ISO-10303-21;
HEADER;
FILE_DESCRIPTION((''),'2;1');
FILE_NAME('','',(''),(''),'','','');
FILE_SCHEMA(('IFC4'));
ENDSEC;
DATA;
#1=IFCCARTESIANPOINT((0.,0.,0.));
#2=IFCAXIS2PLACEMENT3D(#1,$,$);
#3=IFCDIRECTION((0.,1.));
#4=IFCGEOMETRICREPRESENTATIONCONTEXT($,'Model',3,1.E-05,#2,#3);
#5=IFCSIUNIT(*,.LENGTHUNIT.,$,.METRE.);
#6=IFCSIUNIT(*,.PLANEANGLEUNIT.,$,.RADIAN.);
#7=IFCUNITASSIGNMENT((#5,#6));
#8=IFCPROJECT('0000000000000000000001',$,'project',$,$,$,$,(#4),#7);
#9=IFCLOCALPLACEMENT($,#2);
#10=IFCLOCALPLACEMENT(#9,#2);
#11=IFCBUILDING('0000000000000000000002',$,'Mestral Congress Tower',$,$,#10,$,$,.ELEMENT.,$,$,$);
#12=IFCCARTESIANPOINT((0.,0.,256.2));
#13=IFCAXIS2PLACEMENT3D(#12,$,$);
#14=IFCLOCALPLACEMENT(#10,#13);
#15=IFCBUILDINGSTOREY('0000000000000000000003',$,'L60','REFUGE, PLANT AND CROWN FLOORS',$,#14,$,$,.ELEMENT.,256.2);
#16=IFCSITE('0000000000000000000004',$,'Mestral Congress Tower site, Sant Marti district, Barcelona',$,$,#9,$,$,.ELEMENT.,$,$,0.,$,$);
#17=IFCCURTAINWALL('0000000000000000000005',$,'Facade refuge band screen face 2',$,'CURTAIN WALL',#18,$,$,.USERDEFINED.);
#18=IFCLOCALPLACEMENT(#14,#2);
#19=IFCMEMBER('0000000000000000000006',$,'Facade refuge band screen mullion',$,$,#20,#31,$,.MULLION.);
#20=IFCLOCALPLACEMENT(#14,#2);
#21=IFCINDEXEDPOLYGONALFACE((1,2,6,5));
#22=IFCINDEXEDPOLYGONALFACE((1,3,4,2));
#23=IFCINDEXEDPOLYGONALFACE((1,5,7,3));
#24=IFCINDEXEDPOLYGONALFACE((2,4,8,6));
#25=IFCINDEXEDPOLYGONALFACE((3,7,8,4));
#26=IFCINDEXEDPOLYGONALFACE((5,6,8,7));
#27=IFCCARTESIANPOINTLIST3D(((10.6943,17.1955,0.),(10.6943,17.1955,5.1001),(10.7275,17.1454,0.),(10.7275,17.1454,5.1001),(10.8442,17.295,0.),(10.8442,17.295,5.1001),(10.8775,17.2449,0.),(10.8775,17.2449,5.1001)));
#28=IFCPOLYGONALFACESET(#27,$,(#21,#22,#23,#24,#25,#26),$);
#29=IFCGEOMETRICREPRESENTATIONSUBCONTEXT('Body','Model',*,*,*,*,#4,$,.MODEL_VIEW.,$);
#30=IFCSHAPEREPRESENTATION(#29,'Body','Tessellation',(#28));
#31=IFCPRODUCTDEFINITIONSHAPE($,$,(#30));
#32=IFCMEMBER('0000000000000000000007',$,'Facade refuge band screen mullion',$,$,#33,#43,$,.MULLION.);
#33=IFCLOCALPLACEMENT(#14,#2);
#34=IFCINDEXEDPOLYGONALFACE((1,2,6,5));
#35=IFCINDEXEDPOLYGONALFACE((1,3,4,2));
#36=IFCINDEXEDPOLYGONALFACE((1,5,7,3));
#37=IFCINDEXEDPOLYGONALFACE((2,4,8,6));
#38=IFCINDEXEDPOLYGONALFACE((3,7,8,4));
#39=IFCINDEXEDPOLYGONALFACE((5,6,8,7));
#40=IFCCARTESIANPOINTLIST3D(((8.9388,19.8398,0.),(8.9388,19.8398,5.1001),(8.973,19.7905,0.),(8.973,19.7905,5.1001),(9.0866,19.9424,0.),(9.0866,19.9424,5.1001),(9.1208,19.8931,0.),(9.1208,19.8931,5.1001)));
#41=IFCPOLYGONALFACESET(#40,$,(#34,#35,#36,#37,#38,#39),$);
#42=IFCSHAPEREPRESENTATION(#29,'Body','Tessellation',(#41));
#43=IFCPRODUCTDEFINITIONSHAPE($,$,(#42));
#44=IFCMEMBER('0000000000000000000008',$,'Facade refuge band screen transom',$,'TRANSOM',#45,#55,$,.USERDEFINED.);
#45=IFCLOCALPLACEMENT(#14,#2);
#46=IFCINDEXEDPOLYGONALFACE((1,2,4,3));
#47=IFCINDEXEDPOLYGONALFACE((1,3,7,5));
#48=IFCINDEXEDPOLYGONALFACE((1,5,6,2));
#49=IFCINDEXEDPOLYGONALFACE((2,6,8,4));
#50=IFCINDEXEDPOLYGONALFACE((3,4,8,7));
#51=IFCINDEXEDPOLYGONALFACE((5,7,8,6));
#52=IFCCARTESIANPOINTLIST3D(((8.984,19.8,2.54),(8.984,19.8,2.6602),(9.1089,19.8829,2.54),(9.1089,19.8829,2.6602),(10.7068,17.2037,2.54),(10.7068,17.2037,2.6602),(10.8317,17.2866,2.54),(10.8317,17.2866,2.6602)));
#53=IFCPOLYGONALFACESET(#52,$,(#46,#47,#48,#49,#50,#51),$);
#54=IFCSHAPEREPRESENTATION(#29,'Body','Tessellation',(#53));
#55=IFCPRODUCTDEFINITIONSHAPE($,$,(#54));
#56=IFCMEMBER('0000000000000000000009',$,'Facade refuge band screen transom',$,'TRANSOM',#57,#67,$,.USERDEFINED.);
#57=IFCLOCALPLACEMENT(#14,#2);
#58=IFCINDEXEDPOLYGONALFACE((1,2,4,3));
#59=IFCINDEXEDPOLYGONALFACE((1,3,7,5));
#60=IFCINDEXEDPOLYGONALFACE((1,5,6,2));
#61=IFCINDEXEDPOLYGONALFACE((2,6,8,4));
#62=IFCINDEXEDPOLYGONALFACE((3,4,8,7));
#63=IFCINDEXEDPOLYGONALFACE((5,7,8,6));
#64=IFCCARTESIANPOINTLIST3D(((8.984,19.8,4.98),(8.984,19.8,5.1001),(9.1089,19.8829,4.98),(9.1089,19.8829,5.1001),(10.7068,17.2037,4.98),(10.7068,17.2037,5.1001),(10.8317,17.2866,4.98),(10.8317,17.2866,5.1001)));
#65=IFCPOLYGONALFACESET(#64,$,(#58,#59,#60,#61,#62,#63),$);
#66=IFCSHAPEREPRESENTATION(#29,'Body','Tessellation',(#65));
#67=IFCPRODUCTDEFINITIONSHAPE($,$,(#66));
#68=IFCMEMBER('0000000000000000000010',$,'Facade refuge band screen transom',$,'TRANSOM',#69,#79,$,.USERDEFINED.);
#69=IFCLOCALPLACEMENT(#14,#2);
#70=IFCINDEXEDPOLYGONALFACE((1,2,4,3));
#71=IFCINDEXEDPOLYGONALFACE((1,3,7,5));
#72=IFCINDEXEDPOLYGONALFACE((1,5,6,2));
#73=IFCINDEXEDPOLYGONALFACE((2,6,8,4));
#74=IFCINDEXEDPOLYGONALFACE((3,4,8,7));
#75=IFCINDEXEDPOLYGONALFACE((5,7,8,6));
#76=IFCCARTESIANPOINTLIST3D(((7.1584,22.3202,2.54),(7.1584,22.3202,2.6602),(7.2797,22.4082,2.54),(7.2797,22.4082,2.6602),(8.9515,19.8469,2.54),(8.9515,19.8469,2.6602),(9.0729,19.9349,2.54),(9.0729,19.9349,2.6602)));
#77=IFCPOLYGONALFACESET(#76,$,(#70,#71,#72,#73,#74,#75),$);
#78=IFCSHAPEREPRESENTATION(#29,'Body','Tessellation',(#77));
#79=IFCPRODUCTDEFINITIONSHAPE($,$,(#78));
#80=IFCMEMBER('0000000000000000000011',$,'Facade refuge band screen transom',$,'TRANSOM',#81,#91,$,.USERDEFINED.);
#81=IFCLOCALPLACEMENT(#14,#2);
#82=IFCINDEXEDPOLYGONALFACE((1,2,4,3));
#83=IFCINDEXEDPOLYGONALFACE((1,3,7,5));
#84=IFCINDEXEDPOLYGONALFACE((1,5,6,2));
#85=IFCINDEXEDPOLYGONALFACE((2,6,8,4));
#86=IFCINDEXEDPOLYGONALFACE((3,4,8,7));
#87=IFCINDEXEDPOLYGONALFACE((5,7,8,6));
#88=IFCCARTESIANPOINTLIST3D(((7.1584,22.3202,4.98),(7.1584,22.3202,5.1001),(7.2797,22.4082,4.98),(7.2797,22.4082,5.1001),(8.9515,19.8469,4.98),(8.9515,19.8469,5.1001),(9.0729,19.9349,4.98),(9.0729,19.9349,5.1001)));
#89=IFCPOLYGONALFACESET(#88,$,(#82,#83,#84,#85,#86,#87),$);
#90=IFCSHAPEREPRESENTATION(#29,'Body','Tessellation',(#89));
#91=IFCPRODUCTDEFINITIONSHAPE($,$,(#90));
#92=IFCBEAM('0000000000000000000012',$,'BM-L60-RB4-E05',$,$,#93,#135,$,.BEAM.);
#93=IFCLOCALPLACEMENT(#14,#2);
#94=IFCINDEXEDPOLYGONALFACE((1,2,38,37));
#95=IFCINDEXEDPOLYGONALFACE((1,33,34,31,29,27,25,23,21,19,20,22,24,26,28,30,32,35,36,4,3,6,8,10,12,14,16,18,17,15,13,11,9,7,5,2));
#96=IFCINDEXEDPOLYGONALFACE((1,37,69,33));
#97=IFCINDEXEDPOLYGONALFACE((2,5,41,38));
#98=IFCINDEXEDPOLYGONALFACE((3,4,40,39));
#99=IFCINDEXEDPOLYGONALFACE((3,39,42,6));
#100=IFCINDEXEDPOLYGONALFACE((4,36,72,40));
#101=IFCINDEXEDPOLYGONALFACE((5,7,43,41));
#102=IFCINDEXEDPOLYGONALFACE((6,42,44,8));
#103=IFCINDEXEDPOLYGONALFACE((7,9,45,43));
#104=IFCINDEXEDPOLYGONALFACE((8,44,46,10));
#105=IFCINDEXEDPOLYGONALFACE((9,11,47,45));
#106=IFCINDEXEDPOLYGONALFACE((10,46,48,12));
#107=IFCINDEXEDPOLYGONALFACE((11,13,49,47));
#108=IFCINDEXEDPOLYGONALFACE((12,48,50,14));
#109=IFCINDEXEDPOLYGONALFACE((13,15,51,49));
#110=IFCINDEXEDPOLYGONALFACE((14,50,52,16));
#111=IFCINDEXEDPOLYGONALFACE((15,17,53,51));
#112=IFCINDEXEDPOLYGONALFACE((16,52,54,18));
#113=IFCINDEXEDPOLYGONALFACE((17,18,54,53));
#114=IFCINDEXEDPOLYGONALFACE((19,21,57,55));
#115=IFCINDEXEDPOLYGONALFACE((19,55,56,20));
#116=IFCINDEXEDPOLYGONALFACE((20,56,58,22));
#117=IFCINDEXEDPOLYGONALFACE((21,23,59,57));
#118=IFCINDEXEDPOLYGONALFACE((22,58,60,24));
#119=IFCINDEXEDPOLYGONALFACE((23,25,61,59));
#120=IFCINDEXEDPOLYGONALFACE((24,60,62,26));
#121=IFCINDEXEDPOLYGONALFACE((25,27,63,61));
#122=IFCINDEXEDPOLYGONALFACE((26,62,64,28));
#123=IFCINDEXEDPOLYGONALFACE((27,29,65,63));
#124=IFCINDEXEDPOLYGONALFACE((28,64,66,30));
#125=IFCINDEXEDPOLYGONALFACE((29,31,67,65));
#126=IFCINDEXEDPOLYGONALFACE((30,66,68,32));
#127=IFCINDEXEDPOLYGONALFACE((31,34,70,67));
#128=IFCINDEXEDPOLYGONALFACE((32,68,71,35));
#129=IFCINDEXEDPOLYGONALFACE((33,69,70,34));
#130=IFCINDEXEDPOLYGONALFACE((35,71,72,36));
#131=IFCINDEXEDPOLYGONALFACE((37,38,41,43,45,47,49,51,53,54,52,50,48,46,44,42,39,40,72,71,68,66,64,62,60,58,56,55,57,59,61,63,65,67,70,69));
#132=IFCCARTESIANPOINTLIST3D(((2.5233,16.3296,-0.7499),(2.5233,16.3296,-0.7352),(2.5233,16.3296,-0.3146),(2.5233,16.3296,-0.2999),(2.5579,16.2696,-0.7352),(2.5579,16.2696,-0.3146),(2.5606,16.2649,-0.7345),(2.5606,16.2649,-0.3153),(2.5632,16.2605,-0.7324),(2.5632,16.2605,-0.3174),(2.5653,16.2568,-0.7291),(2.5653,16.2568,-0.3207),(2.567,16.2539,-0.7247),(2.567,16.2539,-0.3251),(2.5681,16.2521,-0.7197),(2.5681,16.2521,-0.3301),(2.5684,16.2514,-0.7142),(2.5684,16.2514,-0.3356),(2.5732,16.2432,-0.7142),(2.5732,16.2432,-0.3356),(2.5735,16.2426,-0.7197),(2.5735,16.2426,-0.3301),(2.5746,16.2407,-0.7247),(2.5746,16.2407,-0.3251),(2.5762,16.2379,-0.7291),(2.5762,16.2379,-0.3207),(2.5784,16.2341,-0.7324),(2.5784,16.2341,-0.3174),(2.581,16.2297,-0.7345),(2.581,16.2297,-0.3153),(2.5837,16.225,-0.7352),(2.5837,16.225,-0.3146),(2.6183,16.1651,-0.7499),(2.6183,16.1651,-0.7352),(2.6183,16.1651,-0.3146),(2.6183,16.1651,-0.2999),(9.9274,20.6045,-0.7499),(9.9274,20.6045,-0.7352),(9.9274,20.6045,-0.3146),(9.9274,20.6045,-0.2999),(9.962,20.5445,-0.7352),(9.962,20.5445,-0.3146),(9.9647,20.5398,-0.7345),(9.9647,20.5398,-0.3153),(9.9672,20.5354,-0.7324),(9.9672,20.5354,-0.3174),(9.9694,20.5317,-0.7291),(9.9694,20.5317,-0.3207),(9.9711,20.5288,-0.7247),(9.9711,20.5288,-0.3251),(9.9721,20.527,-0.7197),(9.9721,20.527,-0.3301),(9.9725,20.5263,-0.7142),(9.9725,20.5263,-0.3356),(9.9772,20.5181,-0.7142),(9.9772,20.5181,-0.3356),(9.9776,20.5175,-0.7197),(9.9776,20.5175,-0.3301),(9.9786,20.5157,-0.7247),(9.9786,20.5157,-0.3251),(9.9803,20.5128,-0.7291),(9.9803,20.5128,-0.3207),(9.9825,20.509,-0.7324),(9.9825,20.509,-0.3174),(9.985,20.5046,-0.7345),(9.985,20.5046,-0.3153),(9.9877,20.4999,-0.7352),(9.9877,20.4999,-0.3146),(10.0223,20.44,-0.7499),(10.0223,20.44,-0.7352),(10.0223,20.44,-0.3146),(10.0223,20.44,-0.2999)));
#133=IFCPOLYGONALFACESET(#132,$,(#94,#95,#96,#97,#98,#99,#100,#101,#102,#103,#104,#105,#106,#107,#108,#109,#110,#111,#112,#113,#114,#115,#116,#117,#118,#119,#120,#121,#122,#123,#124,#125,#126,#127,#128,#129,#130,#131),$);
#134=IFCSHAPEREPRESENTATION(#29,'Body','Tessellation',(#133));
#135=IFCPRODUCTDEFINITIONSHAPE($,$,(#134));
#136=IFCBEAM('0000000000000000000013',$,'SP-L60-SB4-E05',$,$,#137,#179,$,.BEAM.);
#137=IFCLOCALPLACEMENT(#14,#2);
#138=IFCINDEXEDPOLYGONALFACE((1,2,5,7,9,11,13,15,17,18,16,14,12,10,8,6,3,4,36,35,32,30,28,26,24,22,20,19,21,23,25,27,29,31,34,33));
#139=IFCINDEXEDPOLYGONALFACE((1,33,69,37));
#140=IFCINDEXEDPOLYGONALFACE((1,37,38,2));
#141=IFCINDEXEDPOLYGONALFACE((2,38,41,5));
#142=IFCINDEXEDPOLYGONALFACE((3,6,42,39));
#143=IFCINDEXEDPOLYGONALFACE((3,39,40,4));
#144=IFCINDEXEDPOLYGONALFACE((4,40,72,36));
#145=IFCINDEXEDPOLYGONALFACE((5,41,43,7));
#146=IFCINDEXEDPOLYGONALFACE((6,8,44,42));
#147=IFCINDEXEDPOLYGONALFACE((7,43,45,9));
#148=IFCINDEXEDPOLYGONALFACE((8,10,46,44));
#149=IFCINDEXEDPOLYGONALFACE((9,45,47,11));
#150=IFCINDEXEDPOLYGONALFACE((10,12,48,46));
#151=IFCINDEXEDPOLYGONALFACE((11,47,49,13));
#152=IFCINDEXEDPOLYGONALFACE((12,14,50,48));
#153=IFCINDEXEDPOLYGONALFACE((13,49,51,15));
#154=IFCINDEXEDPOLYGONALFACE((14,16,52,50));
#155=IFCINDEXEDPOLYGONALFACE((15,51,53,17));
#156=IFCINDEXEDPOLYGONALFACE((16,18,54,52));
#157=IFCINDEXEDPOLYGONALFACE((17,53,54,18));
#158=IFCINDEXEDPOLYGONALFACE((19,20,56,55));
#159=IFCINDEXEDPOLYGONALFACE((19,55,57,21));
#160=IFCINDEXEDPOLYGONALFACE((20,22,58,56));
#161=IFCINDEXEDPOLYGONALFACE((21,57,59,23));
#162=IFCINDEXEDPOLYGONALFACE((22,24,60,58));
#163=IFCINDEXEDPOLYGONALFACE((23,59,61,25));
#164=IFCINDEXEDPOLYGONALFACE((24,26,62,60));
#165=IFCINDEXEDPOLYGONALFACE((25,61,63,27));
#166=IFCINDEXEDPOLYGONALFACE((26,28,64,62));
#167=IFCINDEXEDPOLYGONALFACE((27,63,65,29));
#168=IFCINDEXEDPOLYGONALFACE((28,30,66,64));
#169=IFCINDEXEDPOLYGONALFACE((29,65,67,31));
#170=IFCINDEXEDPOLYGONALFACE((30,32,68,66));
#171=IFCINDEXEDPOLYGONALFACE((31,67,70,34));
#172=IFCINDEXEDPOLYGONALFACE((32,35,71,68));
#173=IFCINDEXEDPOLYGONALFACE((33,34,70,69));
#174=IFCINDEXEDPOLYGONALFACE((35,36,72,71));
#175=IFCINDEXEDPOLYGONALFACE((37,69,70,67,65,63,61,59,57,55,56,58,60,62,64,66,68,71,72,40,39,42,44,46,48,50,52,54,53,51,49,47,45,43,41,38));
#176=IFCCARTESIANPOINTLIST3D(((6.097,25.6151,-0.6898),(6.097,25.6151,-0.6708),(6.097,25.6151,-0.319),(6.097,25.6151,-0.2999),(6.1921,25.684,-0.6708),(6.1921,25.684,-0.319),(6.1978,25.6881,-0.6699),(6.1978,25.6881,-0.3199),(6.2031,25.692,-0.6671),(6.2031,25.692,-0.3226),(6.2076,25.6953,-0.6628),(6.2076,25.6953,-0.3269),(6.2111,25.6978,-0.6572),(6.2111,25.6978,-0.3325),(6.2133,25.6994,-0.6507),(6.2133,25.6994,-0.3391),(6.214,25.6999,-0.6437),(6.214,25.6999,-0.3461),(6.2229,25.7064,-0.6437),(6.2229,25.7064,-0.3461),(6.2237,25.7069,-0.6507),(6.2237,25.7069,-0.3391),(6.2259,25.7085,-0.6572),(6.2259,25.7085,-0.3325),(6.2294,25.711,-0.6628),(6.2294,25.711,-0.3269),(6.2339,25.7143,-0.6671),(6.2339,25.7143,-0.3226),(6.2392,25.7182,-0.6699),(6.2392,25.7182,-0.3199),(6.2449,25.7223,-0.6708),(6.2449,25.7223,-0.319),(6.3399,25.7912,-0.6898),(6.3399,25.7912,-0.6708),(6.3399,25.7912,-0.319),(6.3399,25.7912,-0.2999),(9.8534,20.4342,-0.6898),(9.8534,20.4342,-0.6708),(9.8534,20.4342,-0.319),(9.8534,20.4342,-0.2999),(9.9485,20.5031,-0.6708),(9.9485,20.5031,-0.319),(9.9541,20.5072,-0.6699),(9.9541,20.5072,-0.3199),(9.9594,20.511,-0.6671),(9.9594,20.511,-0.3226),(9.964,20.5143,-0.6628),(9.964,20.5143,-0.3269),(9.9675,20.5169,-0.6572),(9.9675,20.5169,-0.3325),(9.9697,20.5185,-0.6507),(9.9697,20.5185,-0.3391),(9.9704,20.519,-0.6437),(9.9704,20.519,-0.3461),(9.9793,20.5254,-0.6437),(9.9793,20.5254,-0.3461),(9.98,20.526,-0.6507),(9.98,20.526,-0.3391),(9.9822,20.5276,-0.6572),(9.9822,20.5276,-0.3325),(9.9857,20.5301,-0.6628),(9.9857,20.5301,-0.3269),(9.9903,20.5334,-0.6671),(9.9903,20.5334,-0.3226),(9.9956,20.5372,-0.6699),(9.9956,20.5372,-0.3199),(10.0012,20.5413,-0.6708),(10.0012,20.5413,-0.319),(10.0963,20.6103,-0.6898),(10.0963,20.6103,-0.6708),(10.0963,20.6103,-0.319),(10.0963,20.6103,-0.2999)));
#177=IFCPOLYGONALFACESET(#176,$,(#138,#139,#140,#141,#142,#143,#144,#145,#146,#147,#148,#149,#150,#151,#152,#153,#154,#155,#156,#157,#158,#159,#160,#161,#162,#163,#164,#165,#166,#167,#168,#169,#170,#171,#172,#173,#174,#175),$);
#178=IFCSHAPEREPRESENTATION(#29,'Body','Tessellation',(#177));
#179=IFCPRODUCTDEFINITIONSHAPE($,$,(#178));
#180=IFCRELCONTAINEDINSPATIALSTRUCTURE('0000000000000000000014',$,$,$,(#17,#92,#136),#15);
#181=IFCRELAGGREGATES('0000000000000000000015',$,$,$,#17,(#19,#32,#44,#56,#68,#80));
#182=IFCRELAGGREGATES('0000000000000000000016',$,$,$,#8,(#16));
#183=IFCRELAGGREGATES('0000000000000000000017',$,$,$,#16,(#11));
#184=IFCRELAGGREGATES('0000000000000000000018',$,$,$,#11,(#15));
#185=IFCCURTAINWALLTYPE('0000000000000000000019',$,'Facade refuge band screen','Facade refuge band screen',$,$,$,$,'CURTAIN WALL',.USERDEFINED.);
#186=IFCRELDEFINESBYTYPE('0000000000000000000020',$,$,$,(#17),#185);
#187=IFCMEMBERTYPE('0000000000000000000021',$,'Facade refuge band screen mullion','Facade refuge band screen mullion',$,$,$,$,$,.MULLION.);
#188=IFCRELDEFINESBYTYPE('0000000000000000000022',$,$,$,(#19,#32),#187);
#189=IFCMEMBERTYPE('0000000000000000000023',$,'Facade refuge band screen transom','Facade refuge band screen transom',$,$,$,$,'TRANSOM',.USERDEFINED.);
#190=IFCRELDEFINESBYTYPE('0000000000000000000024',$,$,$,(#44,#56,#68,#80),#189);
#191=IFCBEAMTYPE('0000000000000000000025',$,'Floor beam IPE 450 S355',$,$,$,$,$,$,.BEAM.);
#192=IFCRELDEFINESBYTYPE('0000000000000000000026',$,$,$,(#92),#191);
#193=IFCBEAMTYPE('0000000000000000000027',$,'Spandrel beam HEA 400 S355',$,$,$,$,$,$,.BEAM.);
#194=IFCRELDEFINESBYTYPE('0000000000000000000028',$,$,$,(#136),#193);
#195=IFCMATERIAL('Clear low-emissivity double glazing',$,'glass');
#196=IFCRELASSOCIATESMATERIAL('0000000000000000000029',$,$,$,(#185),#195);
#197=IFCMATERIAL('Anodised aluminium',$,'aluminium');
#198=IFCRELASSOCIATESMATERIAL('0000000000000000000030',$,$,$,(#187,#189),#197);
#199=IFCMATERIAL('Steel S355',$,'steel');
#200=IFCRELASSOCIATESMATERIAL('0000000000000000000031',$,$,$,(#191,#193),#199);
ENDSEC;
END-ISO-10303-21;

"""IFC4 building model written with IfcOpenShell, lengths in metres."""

from ifc_helpers import new_model, si_unit, direction, frame, origin, origin_2d, place, context, subcontext, project, spatial, rectangle, i_section, extrude, material, material_profile, profile_set, type_object, element, aggregate, save


model = new_model("IFC4")

# Units and contexts
model_context = context("Model", 3, precision=1e-05, world=origin(), true_north=direction((0.0, 1.0)))
body_context = subcontext(model_context, "Body", "Model", "MODEL_VIEW")
ifc_project = project(units=[si_unit("LENGTHUNIT", "METRE"), si_unit("PLANEANGLEUNIT", "RADIAN")], contexts=[model_context])

# Site, building, storey
site_placement = place(None, origin())
site = spatial("IfcSite", under=ifc_project, at=site_placement, Name="Mestral Congress Tower site, Sant Marti district, Barcelona", CompositionType="ELEMENT", RefElevation=0.0)
building_placement = place(site_placement, origin())
building = spatial("IfcBuilding", under=site, at=building_placement, Name="Mestral Congress Tower", CompositionType="ELEMENT")
storey_placement = place(building_placement, frame((0.0, 0.0, 256.2)))
storey = spatial("IfcBuildingStorey", under=building, at=storey_placement, Name="L60", Description="REFUGE, PLANT AND CROWN FLOORS", CompositionType="ELEMENT", Elevation=256.2)

# Shared definitions
ifc_material_1 = material(Name="Steel S355", Category="steel")

# Curtain wall, members
ifc_material_2 = material(Name="Clear low-emissivity double glazing", Category="glass")
curtain_wall_type = type_object("IfcCurtainWallType", Name="Facade refuge band screen", Description="Facade refuge band screen", ElementType="CURTAIN WALL", PredefinedType="USERDEFINED", material=ifc_material_2)
curtain_wall_placement = place(storey_placement, origin())
curtain_wall = element("IfcCurtainWall", 1, at=curtain_wall_placement, inside=storey, type_object=curtain_wall_type, Name="Facade refuge band screen face 2", ObjectType="CURTAIN WALL", PredefinedType="USERDEFINED")
ifc_material_3 = material(Name="Anodised aluminium", Category="aluminium")
ifc_material_profile_1 = material_profile(ifc_material_3, rectangle(XDim=0.1799, YDim=0.0601, at=origin_2d()), Name="CW3 mullion 180 x 60")
ifc_profile_set_1 = profile_set([ifc_material_profile_1], Name="Anodised aluminium")
member_type_1 = type_object("IfcMemberType", Name="Facade refuge band screen mullion", Description="Facade refuge band screen mullion", PredefinedType="MULLION", material=ifc_profile_set_1)
member_1_placement = place(storey_placement, frame((10.7859, 17.2202, 0.0), z_axis=(0.0, 0.0, 1.0), x_axis=(0.833239, 0.552913, 0.0)))
member_1 = element("IfcMember", 2, at=member_1_placement, type_object=member_type_1, Name="Facade refuge band screen mullion", PredefinedType="MULLION", context=body_context, shape_type="SweptSolid", body=[
    extrude(rectangle(XDim=0.1799, YDim=0.0601, at=origin_2d()), origin(), (0.0, 0.0, 1.0), 5.1001),
])
member_2_placement = place(storey_placement, frame((9.0298, 19.8665, 0.0), z_axis=(0.0, 0.0, 1.0), x_axis=(0.821586, 0.570084, 0.0)))
member_2 = element("IfcMember", 3, at=member_2_placement, type_object=member_type_1, Name="Facade refuge band screen mullion", PredefinedType="MULLION", context=body_context, shape_type="SweptSolid", body=[
    extrude(rectangle(XDim=0.1799, YDim=0.0601, at=origin_2d()), origin(), (0.0, 0.0, 1.0), 5.1001),
])
ifc_material_profile_2 = material_profile(ifc_material_3, rectangle(XDim=0.1499, YDim=0.1201, at=origin_2d()), Name="CW3 transom 150 x 120")
ifc_profile_set_2 = profile_set([ifc_material_profile_2], Name="Anodised aluminium")
member_type_2 = type_object("IfcMemberType", Name="Facade refuge band screen transom", Description="Facade refuge band screen transom", ElementType="TRANSOM", PredefinedType="USERDEFINED", material=ifc_profile_set_2)
member_3_placement = place(storey_placement, frame((10.7693, 17.2451, 2.6001), z_axis=(-0.552909, 0.833242, 0.0), x_axis=(-0.833242, -0.552909, 0.0)))
member_3 = element("IfcMember", 4, at=member_3_placement, type_object=member_type_2, Name="Facade refuge band screen transom", ObjectType="TRANSOM", PredefinedType="USERDEFINED", context=body_context, shape_type="SweptSolid", body=[
    extrude(rectangle(XDim=0.1499, YDim=0.1201, at=origin_2d()), origin(), (0.0, 0.0, 1.0), 3.116),
])
member_4_placement = place(storey_placement, frame((10.7693, 17.2451, 5.04), z_axis=(-0.552909, 0.833242, 0.0), x_axis=(-0.833242, -0.552909, 0.0)))
member_4 = element("IfcMember", 5, at=member_4_placement, type_object=member_type_2, Name="Facade refuge band screen transom", ObjectType="TRANSOM", PredefinedType="USERDEFINED", context=body_context, shape_type="SweptSolid", body=[
    extrude(rectangle(XDim=0.1499, YDim=0.1201, at=origin_2d()), origin(), (0.0, 0.0, 1.0), 3.116),
])
member_5_placement = place(storey_placement, frame((9.0122, 19.8909, 2.6001), z_axis=(-0.586969, 0.809609, 0.0), x_axis=(-0.809609, -0.586969, 0.0)))
member_5 = element("IfcMember", 6, at=member_5_placement, type_object=member_type_2, Name="Facade refuge band screen transom", ObjectType="TRANSOM", PredefinedType="USERDEFINED", context=body_context, shape_type="SweptSolid", body=[
    extrude(rectangle(XDim=0.1499, YDim=0.1201, at=origin_2d()), origin(), (0.0, 0.0, 1.0), 3.0549),
])
member_6_placement = place(storey_placement, frame((9.0122, 19.8909, 5.04), z_axis=(-0.586969, 0.809609, 0.0), x_axis=(-0.809609, -0.586969, 0.0)))
member_6 = element("IfcMember", 7, at=member_6_placement, type_object=member_type_2, Name="Facade refuge band screen transom", ObjectType="TRANSOM", PredefinedType="USERDEFINED", context=body_context, shape_type="SweptSolid", body=[
    extrude(rectangle(XDim=0.1499, YDim=0.1201, at=origin_2d()), origin(), (0.0, 0.0, 1.0), 3.0549),
])

# Beams
ifc_material_profile_3 = material_profile(ifc_material_1, i_section(OverallWidth=0.1899, OverallDepth=0.45, WebThickness=0.0095, FlangeThickness=0.0146, FilletRadius=0.021, at=origin_2d()), Name="IPE 450")
ifc_profile_set_3 = profile_set([ifc_material_profile_3], Name="Steel S355")
beam_type_1 = type_object("IfcBeamType", Name="Floor beam IPE 450 S355", PredefinedType="BEAM", material=ifc_profile_set_3)
beam_1_placement = place(storey_placement, frame((9.9749, 20.5222, -0.5249), z_axis=(-0.866017, -0.500015, 0.0), x_axis=(0.500015, -0.866017, 0.0)))
element("IfcBeam", 8, at=beam_1_placement, inside=storey, type_object=beam_type_1, Name="BM-L60-RB4-E05", PredefinedType="BEAM", context=body_context, shape_type="SweptSolid", body=[
    extrude(i_section(OverallWidth=0.1899, OverallDepth=0.45, WebThickness=0.0095, FlangeThickness=0.0146, FilletRadius=0.021, at=origin_2d()), origin(), (0.0, 0.0, 1.0), 8.5496),
])
ifc_material_profile_4 = material_profile(ifc_material_1, i_section(OverallWidth=0.3, OverallDepth=0.3899, WebThickness=0.011, FlangeThickness=0.019, FilletRadius=0.0271, at=origin_2d()), Name="HEA 400")
ifc_profile_set_4 = profile_set([ifc_material_profile_4], Name="Steel S355")
beam_type_2 = type_object("IfcBeamType", Name="Spandrel beam HEA 400 S355", PredefinedType="BEAM", material=ifc_profile_set_4)
beam_2_placement = place(storey_placement, frame((9.9749, 20.5222, -0.4949), z_axis=(-0.586987, 0.809596, 0.0), x_axis=(-0.809596, -0.586987, 0.0)))
element("IfcBeam", 9, at=beam_2_placement, inside=storey, type_object=beam_type_2, Name="SP-L60-SB4-E05", PredefinedType="BEAM", context=body_context, shape_type="SweptSolid", body=[
    extrude(i_section(OverallWidth=0.3, OverallDepth=0.3899, WebThickness=0.011, FlangeThickness=0.019, FilletRadius=0.0271, at=origin_2d()), origin(), (0.0, 0.0, 1.0), 6.3994),
])

aggregate(curtain_wall, [member_1, member_2, member_3, member_4, member_5, member_6])

save(model, "model.ifc")
